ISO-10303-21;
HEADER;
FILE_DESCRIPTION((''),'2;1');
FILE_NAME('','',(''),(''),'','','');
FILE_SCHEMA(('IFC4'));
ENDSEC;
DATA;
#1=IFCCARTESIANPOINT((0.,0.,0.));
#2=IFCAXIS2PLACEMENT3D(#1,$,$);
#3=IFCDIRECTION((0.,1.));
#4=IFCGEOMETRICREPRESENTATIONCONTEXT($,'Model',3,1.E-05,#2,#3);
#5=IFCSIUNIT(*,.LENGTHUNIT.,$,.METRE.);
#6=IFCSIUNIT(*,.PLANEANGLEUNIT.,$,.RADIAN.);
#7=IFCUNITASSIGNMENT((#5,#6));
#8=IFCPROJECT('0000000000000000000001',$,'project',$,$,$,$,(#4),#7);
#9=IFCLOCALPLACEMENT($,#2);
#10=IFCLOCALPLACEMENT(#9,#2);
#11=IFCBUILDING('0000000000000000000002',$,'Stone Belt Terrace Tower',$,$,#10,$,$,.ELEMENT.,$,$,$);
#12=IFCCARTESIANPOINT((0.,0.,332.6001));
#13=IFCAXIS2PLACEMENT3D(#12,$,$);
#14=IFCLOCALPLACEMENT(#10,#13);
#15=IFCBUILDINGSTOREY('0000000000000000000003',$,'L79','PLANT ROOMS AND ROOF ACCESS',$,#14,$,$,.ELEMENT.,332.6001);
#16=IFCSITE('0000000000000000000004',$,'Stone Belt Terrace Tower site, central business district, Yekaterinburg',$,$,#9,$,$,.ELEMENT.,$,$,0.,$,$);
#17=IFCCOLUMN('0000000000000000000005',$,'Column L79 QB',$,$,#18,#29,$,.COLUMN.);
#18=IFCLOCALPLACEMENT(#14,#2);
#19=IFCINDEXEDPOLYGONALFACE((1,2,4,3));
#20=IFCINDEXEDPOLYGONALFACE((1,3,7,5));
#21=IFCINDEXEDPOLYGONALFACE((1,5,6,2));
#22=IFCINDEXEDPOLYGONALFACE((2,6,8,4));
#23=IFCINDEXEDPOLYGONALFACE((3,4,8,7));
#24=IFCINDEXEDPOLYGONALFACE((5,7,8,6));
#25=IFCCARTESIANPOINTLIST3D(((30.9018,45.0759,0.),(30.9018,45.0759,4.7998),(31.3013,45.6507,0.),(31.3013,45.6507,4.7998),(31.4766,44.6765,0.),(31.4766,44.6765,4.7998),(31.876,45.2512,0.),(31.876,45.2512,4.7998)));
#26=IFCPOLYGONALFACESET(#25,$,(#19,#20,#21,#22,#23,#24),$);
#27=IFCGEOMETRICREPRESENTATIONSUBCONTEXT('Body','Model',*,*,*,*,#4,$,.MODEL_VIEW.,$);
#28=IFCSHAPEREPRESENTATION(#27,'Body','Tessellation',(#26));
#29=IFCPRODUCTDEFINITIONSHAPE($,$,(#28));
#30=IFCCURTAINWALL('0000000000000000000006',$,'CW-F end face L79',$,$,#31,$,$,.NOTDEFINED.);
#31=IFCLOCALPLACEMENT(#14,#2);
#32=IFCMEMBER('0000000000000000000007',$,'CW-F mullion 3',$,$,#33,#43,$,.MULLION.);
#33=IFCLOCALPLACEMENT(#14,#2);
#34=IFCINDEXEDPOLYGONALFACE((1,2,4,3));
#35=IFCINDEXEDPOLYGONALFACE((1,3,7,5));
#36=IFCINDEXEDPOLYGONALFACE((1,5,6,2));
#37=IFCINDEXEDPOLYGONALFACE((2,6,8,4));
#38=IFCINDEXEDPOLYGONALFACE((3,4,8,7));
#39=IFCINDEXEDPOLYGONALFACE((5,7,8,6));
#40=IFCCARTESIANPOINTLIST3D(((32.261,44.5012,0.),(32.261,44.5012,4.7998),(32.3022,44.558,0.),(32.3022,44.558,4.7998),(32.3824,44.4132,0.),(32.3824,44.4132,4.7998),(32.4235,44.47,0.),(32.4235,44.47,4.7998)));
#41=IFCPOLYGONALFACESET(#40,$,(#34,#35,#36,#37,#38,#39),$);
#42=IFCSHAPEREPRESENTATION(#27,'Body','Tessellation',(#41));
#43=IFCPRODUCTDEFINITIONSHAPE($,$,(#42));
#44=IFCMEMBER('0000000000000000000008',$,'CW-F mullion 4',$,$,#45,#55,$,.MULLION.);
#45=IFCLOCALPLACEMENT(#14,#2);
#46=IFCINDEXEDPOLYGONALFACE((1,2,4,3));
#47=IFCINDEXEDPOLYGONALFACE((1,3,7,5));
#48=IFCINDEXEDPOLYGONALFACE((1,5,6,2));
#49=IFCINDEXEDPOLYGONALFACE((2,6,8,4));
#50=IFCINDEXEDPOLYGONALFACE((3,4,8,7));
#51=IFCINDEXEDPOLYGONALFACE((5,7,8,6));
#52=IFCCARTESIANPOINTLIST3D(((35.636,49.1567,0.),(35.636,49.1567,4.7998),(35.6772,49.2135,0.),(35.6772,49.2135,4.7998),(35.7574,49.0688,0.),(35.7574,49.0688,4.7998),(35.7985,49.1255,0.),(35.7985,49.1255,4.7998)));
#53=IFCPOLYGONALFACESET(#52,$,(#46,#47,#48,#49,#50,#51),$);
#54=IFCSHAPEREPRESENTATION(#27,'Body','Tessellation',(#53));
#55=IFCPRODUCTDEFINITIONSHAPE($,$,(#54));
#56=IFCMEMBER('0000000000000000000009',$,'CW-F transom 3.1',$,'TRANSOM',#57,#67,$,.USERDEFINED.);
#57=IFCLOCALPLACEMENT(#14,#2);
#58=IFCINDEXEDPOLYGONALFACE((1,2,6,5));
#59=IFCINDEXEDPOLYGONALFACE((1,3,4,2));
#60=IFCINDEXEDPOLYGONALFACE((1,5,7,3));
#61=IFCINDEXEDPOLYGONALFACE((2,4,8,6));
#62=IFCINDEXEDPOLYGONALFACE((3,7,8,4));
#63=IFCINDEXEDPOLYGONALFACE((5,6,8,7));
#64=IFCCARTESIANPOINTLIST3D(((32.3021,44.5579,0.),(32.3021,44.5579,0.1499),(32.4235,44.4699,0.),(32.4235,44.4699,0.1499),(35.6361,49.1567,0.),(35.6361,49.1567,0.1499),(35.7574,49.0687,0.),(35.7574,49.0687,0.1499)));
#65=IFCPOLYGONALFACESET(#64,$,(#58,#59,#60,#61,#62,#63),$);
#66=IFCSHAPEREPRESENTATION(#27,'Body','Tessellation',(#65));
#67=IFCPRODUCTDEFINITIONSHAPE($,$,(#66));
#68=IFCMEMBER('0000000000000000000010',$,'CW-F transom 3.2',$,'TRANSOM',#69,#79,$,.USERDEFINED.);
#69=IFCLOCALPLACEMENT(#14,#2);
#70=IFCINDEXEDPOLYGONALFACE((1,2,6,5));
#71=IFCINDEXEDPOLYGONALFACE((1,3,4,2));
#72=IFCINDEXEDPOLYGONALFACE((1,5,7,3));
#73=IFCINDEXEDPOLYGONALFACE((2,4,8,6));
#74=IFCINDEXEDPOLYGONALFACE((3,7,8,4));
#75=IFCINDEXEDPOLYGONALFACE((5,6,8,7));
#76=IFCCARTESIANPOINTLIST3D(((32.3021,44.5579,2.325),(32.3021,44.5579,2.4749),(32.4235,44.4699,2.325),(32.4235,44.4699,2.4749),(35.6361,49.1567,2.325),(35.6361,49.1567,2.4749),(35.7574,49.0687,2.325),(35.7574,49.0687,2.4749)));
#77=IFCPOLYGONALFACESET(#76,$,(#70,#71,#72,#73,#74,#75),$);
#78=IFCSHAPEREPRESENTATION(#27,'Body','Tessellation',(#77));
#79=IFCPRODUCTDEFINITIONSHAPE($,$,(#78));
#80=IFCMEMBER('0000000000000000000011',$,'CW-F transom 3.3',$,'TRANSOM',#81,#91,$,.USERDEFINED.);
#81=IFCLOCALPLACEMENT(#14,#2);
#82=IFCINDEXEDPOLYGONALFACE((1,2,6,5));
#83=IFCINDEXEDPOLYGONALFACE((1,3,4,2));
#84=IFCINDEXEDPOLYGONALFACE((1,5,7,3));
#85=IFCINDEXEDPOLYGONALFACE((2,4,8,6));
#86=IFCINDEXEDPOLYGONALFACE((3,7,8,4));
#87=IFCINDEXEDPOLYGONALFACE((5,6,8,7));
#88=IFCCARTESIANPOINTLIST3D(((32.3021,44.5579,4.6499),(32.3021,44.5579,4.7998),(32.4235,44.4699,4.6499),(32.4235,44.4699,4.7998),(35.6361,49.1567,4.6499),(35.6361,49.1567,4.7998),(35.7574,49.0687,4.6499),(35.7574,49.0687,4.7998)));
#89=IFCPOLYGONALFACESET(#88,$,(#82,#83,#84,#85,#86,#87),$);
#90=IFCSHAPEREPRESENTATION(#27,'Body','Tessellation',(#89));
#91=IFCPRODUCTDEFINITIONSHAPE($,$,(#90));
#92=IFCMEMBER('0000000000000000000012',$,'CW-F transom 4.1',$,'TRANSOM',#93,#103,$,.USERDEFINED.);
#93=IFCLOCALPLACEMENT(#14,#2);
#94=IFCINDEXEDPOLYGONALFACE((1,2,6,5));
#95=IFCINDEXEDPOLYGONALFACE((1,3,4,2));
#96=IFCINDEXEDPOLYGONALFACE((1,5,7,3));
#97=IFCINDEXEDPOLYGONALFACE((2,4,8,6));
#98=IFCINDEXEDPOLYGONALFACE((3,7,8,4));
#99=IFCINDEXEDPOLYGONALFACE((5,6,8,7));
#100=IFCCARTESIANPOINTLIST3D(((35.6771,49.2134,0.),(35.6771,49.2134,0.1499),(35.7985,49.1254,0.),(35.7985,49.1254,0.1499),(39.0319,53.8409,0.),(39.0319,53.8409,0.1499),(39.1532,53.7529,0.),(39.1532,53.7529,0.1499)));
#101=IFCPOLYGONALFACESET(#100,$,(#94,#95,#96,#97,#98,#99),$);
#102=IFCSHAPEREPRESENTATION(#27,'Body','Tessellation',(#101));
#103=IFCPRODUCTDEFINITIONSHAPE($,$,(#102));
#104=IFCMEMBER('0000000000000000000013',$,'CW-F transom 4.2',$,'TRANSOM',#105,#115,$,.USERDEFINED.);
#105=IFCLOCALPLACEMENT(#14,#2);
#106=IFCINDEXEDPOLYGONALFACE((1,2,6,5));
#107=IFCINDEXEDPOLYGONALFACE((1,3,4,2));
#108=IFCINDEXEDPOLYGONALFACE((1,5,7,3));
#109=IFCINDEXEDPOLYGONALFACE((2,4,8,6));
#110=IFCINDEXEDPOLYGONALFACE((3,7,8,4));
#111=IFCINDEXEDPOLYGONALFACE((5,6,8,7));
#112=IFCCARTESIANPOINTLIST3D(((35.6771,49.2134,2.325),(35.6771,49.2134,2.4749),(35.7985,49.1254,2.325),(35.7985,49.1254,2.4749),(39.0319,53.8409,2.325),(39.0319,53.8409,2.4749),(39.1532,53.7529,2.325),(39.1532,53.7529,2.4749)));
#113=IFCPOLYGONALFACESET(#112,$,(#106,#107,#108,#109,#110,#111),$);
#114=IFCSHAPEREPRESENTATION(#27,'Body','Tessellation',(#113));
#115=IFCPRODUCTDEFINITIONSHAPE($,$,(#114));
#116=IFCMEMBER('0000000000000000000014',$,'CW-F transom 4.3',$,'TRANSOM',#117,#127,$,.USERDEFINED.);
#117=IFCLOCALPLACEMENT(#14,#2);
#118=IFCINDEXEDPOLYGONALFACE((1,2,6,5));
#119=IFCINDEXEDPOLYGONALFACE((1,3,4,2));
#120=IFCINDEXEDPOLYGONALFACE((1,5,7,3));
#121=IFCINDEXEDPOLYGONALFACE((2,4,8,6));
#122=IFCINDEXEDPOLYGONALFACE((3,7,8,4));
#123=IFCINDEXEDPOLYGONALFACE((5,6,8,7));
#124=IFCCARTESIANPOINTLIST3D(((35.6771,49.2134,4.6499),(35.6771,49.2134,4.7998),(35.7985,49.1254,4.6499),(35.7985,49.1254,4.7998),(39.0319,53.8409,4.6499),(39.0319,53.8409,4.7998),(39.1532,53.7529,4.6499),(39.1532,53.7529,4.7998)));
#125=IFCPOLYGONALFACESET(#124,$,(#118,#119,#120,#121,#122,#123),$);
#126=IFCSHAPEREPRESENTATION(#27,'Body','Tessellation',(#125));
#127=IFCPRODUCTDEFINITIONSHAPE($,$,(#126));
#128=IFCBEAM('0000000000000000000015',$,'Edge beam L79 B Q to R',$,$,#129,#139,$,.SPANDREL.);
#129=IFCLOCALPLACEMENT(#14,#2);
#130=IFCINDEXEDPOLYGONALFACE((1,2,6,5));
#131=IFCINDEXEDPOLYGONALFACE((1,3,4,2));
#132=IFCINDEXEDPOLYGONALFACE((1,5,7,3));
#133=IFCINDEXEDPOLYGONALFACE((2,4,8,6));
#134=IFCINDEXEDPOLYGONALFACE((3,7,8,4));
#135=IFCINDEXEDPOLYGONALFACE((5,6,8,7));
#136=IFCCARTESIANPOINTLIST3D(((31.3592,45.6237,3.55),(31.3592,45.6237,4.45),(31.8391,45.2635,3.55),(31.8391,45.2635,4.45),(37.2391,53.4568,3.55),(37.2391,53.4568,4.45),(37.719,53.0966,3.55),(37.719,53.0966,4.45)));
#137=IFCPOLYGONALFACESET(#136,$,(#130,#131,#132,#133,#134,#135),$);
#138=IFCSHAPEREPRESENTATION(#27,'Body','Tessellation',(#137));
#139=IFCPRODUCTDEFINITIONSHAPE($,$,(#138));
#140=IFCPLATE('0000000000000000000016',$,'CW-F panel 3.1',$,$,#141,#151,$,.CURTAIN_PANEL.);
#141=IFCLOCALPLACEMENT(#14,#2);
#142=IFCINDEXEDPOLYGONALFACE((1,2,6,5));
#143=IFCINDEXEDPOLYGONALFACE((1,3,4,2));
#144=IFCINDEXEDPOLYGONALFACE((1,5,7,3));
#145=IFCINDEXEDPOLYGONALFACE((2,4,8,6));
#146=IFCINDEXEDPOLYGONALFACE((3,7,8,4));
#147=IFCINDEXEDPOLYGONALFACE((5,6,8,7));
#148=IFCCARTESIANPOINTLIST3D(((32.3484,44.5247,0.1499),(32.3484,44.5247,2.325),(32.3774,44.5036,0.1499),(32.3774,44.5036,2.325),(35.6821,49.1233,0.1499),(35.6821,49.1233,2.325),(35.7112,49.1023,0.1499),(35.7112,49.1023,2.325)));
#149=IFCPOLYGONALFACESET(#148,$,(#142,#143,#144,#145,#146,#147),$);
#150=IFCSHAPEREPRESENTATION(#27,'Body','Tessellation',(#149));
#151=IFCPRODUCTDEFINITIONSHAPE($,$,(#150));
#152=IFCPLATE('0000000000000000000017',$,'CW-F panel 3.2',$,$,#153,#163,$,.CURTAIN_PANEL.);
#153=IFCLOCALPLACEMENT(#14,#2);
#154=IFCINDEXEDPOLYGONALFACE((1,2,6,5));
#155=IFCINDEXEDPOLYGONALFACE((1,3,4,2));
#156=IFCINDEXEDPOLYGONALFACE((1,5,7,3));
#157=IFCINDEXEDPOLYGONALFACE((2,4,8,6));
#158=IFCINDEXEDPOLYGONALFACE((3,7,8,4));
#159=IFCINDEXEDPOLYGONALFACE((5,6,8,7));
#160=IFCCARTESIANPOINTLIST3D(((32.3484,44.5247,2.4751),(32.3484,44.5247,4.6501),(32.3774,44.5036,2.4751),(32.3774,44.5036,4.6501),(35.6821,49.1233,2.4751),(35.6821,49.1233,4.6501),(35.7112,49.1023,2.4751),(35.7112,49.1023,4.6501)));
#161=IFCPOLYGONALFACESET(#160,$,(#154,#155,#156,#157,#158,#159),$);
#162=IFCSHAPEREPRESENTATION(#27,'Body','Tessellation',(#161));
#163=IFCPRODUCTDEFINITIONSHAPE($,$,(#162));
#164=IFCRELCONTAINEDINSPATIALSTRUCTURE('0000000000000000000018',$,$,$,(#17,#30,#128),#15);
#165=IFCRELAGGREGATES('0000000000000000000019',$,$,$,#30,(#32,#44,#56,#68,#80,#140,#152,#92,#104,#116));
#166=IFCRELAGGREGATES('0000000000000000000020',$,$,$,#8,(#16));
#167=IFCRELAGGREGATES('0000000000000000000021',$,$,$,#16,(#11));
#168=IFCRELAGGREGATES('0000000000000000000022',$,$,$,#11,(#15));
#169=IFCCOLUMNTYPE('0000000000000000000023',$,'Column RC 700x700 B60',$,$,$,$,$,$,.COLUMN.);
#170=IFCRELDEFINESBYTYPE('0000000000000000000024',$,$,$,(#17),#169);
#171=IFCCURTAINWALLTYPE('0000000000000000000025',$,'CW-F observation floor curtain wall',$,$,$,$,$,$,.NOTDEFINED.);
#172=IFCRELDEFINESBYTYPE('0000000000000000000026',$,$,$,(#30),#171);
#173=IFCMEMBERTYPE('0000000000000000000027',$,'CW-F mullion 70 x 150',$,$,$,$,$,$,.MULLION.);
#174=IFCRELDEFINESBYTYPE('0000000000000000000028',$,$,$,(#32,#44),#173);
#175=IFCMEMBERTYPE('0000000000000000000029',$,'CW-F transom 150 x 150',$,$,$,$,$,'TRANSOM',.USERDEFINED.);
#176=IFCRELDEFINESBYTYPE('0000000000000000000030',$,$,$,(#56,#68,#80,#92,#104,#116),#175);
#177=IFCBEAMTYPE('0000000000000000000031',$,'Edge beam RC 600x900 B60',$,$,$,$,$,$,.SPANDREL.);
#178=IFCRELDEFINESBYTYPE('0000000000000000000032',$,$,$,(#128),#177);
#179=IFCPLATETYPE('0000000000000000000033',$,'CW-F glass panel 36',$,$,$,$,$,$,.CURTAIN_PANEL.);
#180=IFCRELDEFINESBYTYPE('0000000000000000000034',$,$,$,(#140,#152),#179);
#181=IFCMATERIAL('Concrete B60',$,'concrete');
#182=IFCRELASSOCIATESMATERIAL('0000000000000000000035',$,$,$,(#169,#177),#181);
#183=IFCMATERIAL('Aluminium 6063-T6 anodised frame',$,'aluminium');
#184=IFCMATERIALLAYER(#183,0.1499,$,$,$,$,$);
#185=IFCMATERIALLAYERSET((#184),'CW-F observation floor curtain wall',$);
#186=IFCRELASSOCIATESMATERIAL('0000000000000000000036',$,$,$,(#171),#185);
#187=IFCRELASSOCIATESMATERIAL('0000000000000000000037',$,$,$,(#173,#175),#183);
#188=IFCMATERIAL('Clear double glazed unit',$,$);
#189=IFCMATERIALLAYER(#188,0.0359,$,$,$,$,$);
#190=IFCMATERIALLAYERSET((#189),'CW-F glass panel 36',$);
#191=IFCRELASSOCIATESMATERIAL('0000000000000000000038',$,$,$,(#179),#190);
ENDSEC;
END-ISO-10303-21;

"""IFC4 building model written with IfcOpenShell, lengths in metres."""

from ifc_helpers import new_model, si_unit, direction, frame, origin, origin_2d, place, context, subcontext, project, spatial, rectangle, extrude, material, layer, layer_set, material_profile, profile_set, type_object, element, aggregate, save


model = new_model("IFC4")

# Units and contexts
model_context = context("Model", 3, precision=1e-05, world=origin(), true_north=direction((0.0, 1.0)))
body_context = subcontext(model_context, "Body", "Model", "MODEL_VIEW")
ifc_project = project(units=[si_unit("LENGTHUNIT", "METRE"), si_unit("PLANEANGLEUNIT", "RADIAN")], contexts=[model_context])

# Site, building, storey
site_placement = place(None, origin())
site = spatial("IfcSite", under=ifc_project, at=site_placement, Name="Stone Belt Terrace Tower site, central business district, Yekaterinburg", CompositionType="ELEMENT", RefElevation=0.0)
building_placement = place(site_placement, origin())
building = spatial("IfcBuilding", under=site, at=building_placement, Name="Stone Belt Terrace Tower", CompositionType="ELEMENT")
storey_placement = place(building_placement, frame((0.0, 0.0, 332.6001)))
storey = spatial("IfcBuildingStorey", under=building, at=storey_placement, Name="L79", Description="PLANT ROOMS AND ROOF ACCESS", CompositionType="ELEMENT", Elevation=332.6001)

# Column
ifc_material_1 = material(Name="Concrete B60", Category="concrete")
ifc_material_profile_1 = material_profile(ifc_material_1, rectangle(XDim=0.7, YDim=0.7, at=origin_2d()), Name="RC 700x700")
ifc_profile_set_1 = profile_set([ifc_material_profile_1], Name="Concrete B60")
column_type = type_object("IfcColumnType", Name="Column RC 700x700 B60", PredefinedType="COLUMN", material=ifc_profile_set_1)
column_placement = place(storey_placement, frame((31.3889, 45.1636, 0.0), z_axis=(0.0, 0.0, 1.0), x_axis=(0.821155, -0.570705, 0.0)))
element("IfcColumn", 1, at=column_placement, inside=storey, type_object=column_type, Name="Column L79 QB", PredefinedType="COLUMN", context=body_context, shape_type="SweptSolid", body=[
    extrude(rectangle(XDim=0.7, YDim=0.7, at=origin_2d()), origin(), (0.0, 0.0, 1.0), 4.7998),
])

# Curtain wall, members
ifc_material_2 = material(Name="Aluminium 6063-T6 anodised frame", Category="aluminium")
ifc_layer_1 = layer(ifc_material_2, 0.1499)
ifc_layer_set_1 = layer_set([ifc_layer_1], Name="CW-F observation floor curtain wall")
curtain_wall_type = type_object("IfcCurtainWallType", Name="CW-F observation floor curtain wall", PredefinedType="NOTDEFINED", material=ifc_layer_set_1)
curtain_wall_placement = place(storey_placement, origin())
curtain_wall = element("IfcCurtainWall", 2, at=curtain_wall_placement, inside=storey, type_object=curtain_wall_type, Name="CW-F end face L79", PredefinedType="NOTDEFINED")
ifc_material_profile_2 = material_profile(ifc_material_2, rectangle(XDim=0.1499, YDim=0.0701, at=origin_2d()), Name="Aluminium 6063-T6 70x150")
ifc_profile_set_2 = profile_set([ifc_material_profile_2], Name="Aluminium 6063-T6 anodised frame")
member_type_1 = type_object("IfcMemberType", Name="CW-F mullion 70 x 150", PredefinedType="MULLION", material=ifc_profile_set_2)
member_1_placement = place(storey_placement, frame((32.3423, 44.4856, 0.0), z_axis=(0.0, 0.0, 1.0), x_axis=(-0.809631, 0.586939, 0.0)))
member_1 = element("IfcMember", 3, at=member_1_placement, type_object=member_type_1, Name="CW-F mullion 3", PredefinedType="MULLION", context=body_context, shape_type="SweptSolid", body=[
    extrude(rectangle(XDim=0.1499, YDim=0.0701, at=origin_2d()), origin(), (0.0, 0.0, 1.0), 4.7998),
])
member_2_placement = place(storey_placement, frame((35.7173, 49.1411, 0.0), z_axis=(0.0, 0.0, 1.0), x_axis=(-0.809631, 0.586939, 0.0)))
member_2 = element("IfcMember", 4, at=member_2_placement, type_object=member_type_1, Name="CW-F mullion 4", PredefinedType="MULLION", context=body_context, shape_type="SweptSolid", body=[
    extrude(rectangle(XDim=0.1499, YDim=0.0701, at=origin_2d()), origin(), (0.0, 0.0, 1.0), 4.7998),
])
ifc_material_profile_3 = material_profile(ifc_material_2, rectangle(XDim=0.1499, YDim=0.1499, at=origin_2d()), Name="Aluminium 6063-T6 150x150")
ifc_profile_set_3 = profile_set([ifc_material_profile_3], Name="Aluminium 6063-T6 anodised frame")
member_type_2 = type_object("IfcMemberType", Name="CW-F transom 150 x 150", ElementType="TRANSOM", PredefinedType="USERDEFINED", material=ifc_profile_set_3)
member_3_placement = place(storey_placement, frame((32.3628, 44.5139, 0.075), z_axis=(0.586944, 0.809627, 0.0), x_axis=(-0.809627, 0.586944, 0.0)))
member_3 = element("IfcMember", 5, at=member_3_placement, type_object=member_type_2, Name="CW-F transom 3.1", ObjectType="TRANSOM", PredefinedType="USERDEFINED", context=body_context, shape_type="SweptSolid", body=[
    extrude(rectangle(XDim=0.1499, YDim=0.1499, at=origin_2d()), origin(), (0.0, 0.0, 1.0), 5.6802),
])
member_4_placement = place(storey_placement, frame((32.3628, 44.5139, 2.3999), z_axis=(0.586944, 0.809627, 0.0), x_axis=(-0.809627, 0.586944, 0.0)))
member_4 = element("IfcMember", 6, at=member_4_placement, type_object=member_type_2, Name="CW-F transom 3.2", ObjectType="TRANSOM", PredefinedType="USERDEFINED", context=body_context, shape_type="SweptSolid", body=[
    extrude(rectangle(XDim=0.1499, YDim=0.1499, at=origin_2d()), origin(), (0.0, 0.0, 1.0), 5.6802),
])
member_5_placement = place(storey_placement, frame((32.3628, 44.5139, 4.7249), z_axis=(0.586944, 0.809627, 0.0), x_axis=(-0.809627, 0.586944, 0.0)))
member_5 = element("IfcMember", 7, at=member_5_placement, type_object=member_type_2, Name="CW-F transom 3.3", ObjectType="TRANSOM", PredefinedType="USERDEFINED", context=body_context, shape_type="SweptSolid", body=[
    extrude(rectangle(XDim=0.1499, YDim=0.1499, at=origin_2d()), origin(), (0.0, 0.0, 1.0), 5.6802),
])
member_6_placement = place(storey_placement, frame((35.7378, 49.1694, 0.075), z_axis=(0.586949, 0.809624, 0.0), x_axis=(-0.809624, 0.586949, 0.0)))
member_6 = element("IfcMember", 8, at=member_6_placement, type_object=member_type_2, Name="CW-F transom 4.1", ObjectType="TRANSOM", PredefinedType="USERDEFINED", context=body_context, shape_type="SweptSolid", body=[
    extrude(rectangle(XDim=0.1499, YDim=0.1499, at=origin_2d()), origin(), (0.0, 0.0, 1.0), 5.7156),
])
member_7_placement = place(storey_placement, frame((35.7378, 49.1694, 2.3999), z_axis=(0.586949, 0.809624, 0.0), x_axis=(-0.809624, 0.586949, 0.0)))
member_7 = element("IfcMember", 9, at=member_7_placement, type_object=member_type_2, Name="CW-F transom 4.2", ObjectType="TRANSOM", PredefinedType="USERDEFINED", context=body_context, shape_type="SweptSolid", body=[
    extrude(rectangle(XDim=0.1499, YDim=0.1499, at=origin_2d()), origin(), (0.0, 0.0, 1.0), 5.7156),
])
member_8_placement = place(storey_placement, frame((35.7378, 49.1694, 4.7249), z_axis=(0.586949, 0.809624, 0.0), x_axis=(-0.809624, 0.586949, 0.0)))
member_8 = element("IfcMember", 10, at=member_8_placement, type_object=member_type_2, Name="CW-F transom 4.3", ObjectType="TRANSOM", PredefinedType="USERDEFINED", context=body_context, shape_type="SweptSolid", body=[
    extrude(rectangle(XDim=0.1499, YDim=0.1499, at=origin_2d()), origin(), (0.0, 0.0, 1.0), 5.7156),
])

# Beam
ifc_material_profile_4 = material_profile(ifc_material_1, rectangle(XDim=0.6001, YDim=0.8999, at=origin_2d()), Name="RC 600x900")
ifc_profile_set_4 = profile_set([ifc_material_profile_4], Name="Concrete B60")
beam_type = type_object("IfcBeamType", Name="Edge beam RC 600x900 B60", PredefinedType="SPANDREL", material=ifc_profile_set_4)
beam_placement = place(storey_placement, frame((31.5991, 45.4436, 4.0), z_axis=(0.600335, 0.799749, 0.0), x_axis=(-0.799749, 0.600335, 0.0)))
element("IfcBeam", 11, at=beam_placement, inside=storey, type_object=beam_type, Name="Edge beam L79 B Q to R", PredefinedType="SPANDREL", context=body_context, shape_type="SweptSolid", body=[
    extrude(rectangle(XDim=0.6001, YDim=0.8999, at=origin_2d()), origin(), (0.0, 0.0, 1.0), 9.7944),
])

# Plates
ifc_material_3 = material(Name="Clear double glazed unit")
ifc_layer_2 = layer(ifc_material_3, 0.0359)
ifc_layer_set_2 = layer_set([ifc_layer_2], Name="CW-F glass panel 36")
plate_type = type_object("IfcPlateType", Name="CW-F glass panel 36", PredefinedType="CURTAIN_PANEL", material=ifc_layer_set_2)
plate_1_placement = place(storey_placement, frame((34.0298, 46.8135, 0.1499), z_axis=(0.0, 0.0, 1.0), x_axis=(0.586939, 0.809631, 0.0)))
plate_1 = element("IfcPlate", 12, at=plate_1_placement, type_object=plate_type, Name="CW-F panel 3.1", PredefinedType="CURTAIN_PANEL", context=body_context, shape_type="SweptSolid", body=[
    extrude(rectangle(XDim=5.6799, YDim=0.0359, at=origin_2d()), origin(), (0.0, 0.0, 1.0), 2.175),
])
plate_2_placement = place(storey_placement, frame((34.0298, 46.8135, 2.4751), z_axis=(0.0, 0.0, 1.0), x_axis=(0.586939, 0.809631, 0.0)))
plate_2 = element("IfcPlate", 13, at=plate_2_placement, type_object=plate_type, Name="CW-F panel 3.2", PredefinedType="CURTAIN_PANEL", context=body_context, shape_type="SweptSolid", body=[
    extrude(rectangle(XDim=5.6799, YDim=0.0359, at=origin_2d()), origin(), (0.0, 0.0, 1.0), 2.175),
])
aggregate(curtain_wall, [member_1, member_2, member_3, member_4, member_5, plate_1, plate_2, member_6, member_7, member_8])

save(model, "model.ifc")
